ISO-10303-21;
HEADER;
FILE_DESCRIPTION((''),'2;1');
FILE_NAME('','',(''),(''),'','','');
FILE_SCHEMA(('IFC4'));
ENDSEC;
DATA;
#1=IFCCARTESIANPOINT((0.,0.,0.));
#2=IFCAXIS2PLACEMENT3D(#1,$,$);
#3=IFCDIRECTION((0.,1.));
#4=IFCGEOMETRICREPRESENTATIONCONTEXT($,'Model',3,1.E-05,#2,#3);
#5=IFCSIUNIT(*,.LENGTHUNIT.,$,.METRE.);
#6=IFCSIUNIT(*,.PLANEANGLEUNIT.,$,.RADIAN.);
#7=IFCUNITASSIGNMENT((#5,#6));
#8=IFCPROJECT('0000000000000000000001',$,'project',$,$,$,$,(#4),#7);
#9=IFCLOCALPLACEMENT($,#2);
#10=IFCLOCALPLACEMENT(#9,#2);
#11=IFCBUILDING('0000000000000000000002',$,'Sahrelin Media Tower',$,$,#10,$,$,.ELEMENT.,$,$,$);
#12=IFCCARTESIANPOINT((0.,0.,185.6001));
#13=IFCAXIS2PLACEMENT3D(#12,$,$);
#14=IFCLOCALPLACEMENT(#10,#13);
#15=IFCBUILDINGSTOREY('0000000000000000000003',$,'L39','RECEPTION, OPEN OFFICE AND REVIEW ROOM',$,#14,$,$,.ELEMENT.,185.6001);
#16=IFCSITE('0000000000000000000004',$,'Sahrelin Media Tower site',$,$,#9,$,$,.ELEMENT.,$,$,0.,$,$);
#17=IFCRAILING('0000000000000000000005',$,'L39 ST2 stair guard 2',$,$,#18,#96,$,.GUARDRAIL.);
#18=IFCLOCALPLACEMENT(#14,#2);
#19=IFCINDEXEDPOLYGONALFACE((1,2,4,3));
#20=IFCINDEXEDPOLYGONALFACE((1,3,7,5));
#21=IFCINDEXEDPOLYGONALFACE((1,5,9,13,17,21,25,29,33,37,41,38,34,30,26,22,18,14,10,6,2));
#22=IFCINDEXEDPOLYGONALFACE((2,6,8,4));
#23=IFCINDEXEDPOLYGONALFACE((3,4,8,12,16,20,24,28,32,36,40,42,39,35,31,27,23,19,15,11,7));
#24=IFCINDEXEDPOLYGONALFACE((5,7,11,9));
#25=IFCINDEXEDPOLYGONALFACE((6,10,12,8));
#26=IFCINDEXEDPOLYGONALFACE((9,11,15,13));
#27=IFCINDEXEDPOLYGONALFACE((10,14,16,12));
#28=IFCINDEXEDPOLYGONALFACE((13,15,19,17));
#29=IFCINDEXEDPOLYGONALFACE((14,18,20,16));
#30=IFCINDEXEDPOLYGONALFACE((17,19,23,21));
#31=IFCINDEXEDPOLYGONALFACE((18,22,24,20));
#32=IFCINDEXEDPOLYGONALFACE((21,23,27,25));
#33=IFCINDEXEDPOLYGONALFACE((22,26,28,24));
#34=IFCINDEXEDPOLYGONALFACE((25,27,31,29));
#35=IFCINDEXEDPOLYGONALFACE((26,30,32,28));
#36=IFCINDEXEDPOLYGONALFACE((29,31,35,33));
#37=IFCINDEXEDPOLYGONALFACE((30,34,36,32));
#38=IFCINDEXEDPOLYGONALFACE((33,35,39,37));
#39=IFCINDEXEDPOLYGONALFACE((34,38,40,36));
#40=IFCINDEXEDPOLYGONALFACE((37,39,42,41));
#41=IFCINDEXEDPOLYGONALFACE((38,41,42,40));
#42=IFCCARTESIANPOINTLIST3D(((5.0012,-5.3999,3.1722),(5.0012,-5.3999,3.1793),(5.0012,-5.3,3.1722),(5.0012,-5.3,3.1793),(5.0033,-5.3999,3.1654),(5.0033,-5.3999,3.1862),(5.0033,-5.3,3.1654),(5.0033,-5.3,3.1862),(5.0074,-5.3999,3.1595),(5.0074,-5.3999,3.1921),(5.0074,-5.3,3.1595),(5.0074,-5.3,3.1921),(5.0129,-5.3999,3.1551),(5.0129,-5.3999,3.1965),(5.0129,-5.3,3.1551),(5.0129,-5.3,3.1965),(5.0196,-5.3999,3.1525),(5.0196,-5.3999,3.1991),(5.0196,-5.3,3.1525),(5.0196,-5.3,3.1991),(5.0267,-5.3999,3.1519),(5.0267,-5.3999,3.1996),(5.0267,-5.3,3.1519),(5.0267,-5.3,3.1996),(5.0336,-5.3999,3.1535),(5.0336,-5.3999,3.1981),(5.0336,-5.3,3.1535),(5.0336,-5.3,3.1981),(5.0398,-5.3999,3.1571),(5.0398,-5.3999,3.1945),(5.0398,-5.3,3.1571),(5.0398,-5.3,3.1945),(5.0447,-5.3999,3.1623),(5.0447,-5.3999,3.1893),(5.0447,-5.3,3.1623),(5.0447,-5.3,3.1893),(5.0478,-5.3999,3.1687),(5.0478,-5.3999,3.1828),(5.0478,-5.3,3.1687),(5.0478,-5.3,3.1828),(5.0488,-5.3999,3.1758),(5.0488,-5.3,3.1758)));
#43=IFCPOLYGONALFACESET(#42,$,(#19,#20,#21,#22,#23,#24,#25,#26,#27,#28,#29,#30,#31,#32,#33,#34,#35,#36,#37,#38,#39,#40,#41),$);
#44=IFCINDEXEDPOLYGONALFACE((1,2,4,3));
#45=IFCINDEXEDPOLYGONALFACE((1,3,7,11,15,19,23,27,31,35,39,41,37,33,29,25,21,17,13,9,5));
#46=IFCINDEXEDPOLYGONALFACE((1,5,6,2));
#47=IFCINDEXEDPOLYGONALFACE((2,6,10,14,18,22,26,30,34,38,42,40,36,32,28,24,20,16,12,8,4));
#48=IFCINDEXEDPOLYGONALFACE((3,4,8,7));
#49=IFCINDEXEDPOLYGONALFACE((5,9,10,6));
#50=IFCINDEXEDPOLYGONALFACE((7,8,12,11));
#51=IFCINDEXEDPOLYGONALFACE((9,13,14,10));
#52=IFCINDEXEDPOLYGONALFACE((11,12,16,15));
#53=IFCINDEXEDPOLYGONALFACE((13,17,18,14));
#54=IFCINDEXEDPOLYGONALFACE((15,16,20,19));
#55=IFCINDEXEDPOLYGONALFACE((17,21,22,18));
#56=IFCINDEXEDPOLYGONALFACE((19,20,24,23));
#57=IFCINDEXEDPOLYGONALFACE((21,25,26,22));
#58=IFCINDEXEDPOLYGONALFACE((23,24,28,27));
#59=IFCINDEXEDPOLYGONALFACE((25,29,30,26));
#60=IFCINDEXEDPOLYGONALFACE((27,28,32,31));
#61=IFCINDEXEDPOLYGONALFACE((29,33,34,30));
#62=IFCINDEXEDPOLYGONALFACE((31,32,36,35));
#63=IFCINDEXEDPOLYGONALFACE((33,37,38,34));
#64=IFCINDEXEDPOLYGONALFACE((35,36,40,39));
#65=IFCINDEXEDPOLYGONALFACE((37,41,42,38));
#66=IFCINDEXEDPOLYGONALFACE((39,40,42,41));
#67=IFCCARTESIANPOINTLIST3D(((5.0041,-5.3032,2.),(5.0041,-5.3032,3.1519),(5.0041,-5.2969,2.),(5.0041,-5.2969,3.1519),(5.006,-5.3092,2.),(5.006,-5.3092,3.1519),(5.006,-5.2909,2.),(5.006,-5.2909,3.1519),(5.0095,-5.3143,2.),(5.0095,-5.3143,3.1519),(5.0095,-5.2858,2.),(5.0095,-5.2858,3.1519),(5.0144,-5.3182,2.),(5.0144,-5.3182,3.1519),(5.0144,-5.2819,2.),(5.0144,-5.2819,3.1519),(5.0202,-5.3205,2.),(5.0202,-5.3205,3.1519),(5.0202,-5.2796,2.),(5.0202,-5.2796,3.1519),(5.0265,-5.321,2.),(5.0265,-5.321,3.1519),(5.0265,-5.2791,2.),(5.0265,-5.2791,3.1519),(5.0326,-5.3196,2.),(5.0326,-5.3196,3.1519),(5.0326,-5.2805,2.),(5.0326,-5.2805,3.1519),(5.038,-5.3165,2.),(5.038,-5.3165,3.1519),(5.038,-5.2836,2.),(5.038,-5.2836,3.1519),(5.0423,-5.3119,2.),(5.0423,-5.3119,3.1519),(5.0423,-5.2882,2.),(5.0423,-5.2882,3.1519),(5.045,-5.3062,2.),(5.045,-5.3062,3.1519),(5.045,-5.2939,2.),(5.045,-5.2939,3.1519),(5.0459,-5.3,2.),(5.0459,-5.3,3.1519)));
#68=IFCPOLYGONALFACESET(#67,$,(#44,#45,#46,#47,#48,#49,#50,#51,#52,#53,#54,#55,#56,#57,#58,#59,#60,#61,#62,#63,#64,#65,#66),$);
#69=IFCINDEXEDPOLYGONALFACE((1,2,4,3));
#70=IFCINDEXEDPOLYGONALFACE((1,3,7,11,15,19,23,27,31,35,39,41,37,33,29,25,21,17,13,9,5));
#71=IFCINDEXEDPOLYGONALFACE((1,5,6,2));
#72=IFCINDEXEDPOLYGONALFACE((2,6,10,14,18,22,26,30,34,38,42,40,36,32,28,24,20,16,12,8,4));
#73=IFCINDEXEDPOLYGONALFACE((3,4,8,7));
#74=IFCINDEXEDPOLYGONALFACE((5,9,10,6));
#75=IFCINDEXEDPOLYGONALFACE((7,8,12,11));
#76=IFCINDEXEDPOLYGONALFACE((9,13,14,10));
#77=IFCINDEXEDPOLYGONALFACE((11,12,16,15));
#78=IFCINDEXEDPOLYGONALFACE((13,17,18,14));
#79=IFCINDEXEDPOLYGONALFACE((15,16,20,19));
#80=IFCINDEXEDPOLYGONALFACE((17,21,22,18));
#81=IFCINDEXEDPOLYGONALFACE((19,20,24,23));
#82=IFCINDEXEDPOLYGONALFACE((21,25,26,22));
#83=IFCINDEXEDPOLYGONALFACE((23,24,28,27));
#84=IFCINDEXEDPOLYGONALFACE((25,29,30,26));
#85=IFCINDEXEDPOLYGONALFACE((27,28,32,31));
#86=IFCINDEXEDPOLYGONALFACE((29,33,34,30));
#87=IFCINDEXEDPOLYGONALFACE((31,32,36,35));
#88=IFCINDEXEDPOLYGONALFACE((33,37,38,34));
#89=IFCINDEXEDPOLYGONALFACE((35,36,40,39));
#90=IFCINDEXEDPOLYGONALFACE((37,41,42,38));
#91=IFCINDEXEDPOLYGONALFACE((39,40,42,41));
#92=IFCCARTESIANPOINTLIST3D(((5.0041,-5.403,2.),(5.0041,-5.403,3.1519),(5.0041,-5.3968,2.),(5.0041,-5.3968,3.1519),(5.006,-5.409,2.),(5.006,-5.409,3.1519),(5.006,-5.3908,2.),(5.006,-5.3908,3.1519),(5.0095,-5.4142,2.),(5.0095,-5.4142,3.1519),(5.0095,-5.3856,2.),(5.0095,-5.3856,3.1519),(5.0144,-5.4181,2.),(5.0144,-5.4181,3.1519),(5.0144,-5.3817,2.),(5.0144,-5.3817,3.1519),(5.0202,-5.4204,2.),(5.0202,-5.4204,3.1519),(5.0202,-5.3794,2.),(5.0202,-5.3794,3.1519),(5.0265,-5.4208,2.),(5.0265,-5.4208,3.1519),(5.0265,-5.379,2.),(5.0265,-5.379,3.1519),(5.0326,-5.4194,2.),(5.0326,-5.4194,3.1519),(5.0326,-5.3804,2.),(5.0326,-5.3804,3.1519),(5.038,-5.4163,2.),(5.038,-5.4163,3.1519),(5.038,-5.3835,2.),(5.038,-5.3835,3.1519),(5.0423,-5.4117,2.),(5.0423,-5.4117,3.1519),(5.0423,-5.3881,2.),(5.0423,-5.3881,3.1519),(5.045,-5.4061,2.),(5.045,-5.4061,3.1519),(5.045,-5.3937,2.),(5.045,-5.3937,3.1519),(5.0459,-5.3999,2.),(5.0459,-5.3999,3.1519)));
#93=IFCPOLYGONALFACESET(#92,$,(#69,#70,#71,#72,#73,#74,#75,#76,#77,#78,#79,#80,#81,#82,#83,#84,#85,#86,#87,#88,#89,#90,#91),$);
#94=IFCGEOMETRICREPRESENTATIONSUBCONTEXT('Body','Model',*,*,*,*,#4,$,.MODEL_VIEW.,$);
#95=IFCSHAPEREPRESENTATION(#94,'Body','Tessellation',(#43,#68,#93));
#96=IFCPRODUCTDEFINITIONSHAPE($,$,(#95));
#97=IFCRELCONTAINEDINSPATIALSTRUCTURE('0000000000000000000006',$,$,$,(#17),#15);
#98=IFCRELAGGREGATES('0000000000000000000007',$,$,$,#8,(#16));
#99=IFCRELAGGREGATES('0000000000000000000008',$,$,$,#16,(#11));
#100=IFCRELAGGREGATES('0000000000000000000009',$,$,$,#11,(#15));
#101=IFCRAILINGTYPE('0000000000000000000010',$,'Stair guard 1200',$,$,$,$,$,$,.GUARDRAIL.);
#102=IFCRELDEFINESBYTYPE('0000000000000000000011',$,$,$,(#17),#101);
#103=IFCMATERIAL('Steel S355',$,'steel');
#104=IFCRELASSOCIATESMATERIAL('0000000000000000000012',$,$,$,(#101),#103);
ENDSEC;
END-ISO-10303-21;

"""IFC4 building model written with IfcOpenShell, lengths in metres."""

from ifc_helpers import new_model, si_unit, direction, frame, origin, origin_2d, place, context, subcontext, project, spatial, circle, extrude, material, type_object, element, save


model = new_model("IFC4")

# Units and contexts
model_context = context("Model", 3, precision=1e-05, world=origin(), true_north=direction((0.0, 1.0)))
body_context = subcontext(model_context, "Body", "Model", "MODEL_VIEW")
ifc_project = project(units=[si_unit("LENGTHUNIT", "METRE"), si_unit("PLANEANGLEUNIT", "RADIAN")], contexts=[model_context])

# Site, building, storey
site_placement = place(None, origin())
site = spatial("IfcSite", under=ifc_project, at=site_placement, Name="Sahrelin Media Tower site", CompositionType="ELEMENT", RefElevation=0.0)
building_placement = place(site_placement, origin())
building = spatial("IfcBuilding", under=site, at=building_placement, Name="Sahrelin Media Tower", CompositionType="ELEMENT")
storey_placement = place(building_placement, frame((0.0, 0.0, 185.6001)))
storey = spatial("IfcBuildingStorey", under=building, at=storey_placement, Name="L39", Description="RECEPTION, OPEN OFFICE AND REVIEW ROOM", CompositionType="ELEMENT", Elevation=185.6001)

# Shared definitions
ifc_material_1 = material(Name="Steel S355", Category="steel")

# Railing
railing_type_1 = type_object("IfcRailingType", Name="Stair guard 1200", PredefinedType="GUARDRAIL", material=ifc_material_1)
railing_1_placement = place(storey_placement, frame((5.0249, -5.3, 2.0)))
element("IfcRailing", 1, at=railing_1_placement, inside=storey, type_object=railing_type_1, Name="L39 ST2 stair guard 2", PredefinedType="GUARDRAIL", context=body_context, shape_type="SweptSolid", body=[
    extrude(circle(Radius=0.0239, at=origin_2d()), frame((0.0, 0.0, 1.1758), z_axis=(0.0, -1.0, 0.0), x_axis=(1.0, 0.0, 0.0)), (0.0, 0.0, 1.0), 0.0999),
    extrude(circle(Radius=0.021, at=origin_2d()), origin(), (0.0, 0.0, 1.0), 1.1519),
    extrude(circle(Radius=0.021, at=origin_2d()), frame((0.0, -0.0999, 0.0)), (0.0, 0.0, 1.0), 1.1519),
])

save(model, "model.ifc")
